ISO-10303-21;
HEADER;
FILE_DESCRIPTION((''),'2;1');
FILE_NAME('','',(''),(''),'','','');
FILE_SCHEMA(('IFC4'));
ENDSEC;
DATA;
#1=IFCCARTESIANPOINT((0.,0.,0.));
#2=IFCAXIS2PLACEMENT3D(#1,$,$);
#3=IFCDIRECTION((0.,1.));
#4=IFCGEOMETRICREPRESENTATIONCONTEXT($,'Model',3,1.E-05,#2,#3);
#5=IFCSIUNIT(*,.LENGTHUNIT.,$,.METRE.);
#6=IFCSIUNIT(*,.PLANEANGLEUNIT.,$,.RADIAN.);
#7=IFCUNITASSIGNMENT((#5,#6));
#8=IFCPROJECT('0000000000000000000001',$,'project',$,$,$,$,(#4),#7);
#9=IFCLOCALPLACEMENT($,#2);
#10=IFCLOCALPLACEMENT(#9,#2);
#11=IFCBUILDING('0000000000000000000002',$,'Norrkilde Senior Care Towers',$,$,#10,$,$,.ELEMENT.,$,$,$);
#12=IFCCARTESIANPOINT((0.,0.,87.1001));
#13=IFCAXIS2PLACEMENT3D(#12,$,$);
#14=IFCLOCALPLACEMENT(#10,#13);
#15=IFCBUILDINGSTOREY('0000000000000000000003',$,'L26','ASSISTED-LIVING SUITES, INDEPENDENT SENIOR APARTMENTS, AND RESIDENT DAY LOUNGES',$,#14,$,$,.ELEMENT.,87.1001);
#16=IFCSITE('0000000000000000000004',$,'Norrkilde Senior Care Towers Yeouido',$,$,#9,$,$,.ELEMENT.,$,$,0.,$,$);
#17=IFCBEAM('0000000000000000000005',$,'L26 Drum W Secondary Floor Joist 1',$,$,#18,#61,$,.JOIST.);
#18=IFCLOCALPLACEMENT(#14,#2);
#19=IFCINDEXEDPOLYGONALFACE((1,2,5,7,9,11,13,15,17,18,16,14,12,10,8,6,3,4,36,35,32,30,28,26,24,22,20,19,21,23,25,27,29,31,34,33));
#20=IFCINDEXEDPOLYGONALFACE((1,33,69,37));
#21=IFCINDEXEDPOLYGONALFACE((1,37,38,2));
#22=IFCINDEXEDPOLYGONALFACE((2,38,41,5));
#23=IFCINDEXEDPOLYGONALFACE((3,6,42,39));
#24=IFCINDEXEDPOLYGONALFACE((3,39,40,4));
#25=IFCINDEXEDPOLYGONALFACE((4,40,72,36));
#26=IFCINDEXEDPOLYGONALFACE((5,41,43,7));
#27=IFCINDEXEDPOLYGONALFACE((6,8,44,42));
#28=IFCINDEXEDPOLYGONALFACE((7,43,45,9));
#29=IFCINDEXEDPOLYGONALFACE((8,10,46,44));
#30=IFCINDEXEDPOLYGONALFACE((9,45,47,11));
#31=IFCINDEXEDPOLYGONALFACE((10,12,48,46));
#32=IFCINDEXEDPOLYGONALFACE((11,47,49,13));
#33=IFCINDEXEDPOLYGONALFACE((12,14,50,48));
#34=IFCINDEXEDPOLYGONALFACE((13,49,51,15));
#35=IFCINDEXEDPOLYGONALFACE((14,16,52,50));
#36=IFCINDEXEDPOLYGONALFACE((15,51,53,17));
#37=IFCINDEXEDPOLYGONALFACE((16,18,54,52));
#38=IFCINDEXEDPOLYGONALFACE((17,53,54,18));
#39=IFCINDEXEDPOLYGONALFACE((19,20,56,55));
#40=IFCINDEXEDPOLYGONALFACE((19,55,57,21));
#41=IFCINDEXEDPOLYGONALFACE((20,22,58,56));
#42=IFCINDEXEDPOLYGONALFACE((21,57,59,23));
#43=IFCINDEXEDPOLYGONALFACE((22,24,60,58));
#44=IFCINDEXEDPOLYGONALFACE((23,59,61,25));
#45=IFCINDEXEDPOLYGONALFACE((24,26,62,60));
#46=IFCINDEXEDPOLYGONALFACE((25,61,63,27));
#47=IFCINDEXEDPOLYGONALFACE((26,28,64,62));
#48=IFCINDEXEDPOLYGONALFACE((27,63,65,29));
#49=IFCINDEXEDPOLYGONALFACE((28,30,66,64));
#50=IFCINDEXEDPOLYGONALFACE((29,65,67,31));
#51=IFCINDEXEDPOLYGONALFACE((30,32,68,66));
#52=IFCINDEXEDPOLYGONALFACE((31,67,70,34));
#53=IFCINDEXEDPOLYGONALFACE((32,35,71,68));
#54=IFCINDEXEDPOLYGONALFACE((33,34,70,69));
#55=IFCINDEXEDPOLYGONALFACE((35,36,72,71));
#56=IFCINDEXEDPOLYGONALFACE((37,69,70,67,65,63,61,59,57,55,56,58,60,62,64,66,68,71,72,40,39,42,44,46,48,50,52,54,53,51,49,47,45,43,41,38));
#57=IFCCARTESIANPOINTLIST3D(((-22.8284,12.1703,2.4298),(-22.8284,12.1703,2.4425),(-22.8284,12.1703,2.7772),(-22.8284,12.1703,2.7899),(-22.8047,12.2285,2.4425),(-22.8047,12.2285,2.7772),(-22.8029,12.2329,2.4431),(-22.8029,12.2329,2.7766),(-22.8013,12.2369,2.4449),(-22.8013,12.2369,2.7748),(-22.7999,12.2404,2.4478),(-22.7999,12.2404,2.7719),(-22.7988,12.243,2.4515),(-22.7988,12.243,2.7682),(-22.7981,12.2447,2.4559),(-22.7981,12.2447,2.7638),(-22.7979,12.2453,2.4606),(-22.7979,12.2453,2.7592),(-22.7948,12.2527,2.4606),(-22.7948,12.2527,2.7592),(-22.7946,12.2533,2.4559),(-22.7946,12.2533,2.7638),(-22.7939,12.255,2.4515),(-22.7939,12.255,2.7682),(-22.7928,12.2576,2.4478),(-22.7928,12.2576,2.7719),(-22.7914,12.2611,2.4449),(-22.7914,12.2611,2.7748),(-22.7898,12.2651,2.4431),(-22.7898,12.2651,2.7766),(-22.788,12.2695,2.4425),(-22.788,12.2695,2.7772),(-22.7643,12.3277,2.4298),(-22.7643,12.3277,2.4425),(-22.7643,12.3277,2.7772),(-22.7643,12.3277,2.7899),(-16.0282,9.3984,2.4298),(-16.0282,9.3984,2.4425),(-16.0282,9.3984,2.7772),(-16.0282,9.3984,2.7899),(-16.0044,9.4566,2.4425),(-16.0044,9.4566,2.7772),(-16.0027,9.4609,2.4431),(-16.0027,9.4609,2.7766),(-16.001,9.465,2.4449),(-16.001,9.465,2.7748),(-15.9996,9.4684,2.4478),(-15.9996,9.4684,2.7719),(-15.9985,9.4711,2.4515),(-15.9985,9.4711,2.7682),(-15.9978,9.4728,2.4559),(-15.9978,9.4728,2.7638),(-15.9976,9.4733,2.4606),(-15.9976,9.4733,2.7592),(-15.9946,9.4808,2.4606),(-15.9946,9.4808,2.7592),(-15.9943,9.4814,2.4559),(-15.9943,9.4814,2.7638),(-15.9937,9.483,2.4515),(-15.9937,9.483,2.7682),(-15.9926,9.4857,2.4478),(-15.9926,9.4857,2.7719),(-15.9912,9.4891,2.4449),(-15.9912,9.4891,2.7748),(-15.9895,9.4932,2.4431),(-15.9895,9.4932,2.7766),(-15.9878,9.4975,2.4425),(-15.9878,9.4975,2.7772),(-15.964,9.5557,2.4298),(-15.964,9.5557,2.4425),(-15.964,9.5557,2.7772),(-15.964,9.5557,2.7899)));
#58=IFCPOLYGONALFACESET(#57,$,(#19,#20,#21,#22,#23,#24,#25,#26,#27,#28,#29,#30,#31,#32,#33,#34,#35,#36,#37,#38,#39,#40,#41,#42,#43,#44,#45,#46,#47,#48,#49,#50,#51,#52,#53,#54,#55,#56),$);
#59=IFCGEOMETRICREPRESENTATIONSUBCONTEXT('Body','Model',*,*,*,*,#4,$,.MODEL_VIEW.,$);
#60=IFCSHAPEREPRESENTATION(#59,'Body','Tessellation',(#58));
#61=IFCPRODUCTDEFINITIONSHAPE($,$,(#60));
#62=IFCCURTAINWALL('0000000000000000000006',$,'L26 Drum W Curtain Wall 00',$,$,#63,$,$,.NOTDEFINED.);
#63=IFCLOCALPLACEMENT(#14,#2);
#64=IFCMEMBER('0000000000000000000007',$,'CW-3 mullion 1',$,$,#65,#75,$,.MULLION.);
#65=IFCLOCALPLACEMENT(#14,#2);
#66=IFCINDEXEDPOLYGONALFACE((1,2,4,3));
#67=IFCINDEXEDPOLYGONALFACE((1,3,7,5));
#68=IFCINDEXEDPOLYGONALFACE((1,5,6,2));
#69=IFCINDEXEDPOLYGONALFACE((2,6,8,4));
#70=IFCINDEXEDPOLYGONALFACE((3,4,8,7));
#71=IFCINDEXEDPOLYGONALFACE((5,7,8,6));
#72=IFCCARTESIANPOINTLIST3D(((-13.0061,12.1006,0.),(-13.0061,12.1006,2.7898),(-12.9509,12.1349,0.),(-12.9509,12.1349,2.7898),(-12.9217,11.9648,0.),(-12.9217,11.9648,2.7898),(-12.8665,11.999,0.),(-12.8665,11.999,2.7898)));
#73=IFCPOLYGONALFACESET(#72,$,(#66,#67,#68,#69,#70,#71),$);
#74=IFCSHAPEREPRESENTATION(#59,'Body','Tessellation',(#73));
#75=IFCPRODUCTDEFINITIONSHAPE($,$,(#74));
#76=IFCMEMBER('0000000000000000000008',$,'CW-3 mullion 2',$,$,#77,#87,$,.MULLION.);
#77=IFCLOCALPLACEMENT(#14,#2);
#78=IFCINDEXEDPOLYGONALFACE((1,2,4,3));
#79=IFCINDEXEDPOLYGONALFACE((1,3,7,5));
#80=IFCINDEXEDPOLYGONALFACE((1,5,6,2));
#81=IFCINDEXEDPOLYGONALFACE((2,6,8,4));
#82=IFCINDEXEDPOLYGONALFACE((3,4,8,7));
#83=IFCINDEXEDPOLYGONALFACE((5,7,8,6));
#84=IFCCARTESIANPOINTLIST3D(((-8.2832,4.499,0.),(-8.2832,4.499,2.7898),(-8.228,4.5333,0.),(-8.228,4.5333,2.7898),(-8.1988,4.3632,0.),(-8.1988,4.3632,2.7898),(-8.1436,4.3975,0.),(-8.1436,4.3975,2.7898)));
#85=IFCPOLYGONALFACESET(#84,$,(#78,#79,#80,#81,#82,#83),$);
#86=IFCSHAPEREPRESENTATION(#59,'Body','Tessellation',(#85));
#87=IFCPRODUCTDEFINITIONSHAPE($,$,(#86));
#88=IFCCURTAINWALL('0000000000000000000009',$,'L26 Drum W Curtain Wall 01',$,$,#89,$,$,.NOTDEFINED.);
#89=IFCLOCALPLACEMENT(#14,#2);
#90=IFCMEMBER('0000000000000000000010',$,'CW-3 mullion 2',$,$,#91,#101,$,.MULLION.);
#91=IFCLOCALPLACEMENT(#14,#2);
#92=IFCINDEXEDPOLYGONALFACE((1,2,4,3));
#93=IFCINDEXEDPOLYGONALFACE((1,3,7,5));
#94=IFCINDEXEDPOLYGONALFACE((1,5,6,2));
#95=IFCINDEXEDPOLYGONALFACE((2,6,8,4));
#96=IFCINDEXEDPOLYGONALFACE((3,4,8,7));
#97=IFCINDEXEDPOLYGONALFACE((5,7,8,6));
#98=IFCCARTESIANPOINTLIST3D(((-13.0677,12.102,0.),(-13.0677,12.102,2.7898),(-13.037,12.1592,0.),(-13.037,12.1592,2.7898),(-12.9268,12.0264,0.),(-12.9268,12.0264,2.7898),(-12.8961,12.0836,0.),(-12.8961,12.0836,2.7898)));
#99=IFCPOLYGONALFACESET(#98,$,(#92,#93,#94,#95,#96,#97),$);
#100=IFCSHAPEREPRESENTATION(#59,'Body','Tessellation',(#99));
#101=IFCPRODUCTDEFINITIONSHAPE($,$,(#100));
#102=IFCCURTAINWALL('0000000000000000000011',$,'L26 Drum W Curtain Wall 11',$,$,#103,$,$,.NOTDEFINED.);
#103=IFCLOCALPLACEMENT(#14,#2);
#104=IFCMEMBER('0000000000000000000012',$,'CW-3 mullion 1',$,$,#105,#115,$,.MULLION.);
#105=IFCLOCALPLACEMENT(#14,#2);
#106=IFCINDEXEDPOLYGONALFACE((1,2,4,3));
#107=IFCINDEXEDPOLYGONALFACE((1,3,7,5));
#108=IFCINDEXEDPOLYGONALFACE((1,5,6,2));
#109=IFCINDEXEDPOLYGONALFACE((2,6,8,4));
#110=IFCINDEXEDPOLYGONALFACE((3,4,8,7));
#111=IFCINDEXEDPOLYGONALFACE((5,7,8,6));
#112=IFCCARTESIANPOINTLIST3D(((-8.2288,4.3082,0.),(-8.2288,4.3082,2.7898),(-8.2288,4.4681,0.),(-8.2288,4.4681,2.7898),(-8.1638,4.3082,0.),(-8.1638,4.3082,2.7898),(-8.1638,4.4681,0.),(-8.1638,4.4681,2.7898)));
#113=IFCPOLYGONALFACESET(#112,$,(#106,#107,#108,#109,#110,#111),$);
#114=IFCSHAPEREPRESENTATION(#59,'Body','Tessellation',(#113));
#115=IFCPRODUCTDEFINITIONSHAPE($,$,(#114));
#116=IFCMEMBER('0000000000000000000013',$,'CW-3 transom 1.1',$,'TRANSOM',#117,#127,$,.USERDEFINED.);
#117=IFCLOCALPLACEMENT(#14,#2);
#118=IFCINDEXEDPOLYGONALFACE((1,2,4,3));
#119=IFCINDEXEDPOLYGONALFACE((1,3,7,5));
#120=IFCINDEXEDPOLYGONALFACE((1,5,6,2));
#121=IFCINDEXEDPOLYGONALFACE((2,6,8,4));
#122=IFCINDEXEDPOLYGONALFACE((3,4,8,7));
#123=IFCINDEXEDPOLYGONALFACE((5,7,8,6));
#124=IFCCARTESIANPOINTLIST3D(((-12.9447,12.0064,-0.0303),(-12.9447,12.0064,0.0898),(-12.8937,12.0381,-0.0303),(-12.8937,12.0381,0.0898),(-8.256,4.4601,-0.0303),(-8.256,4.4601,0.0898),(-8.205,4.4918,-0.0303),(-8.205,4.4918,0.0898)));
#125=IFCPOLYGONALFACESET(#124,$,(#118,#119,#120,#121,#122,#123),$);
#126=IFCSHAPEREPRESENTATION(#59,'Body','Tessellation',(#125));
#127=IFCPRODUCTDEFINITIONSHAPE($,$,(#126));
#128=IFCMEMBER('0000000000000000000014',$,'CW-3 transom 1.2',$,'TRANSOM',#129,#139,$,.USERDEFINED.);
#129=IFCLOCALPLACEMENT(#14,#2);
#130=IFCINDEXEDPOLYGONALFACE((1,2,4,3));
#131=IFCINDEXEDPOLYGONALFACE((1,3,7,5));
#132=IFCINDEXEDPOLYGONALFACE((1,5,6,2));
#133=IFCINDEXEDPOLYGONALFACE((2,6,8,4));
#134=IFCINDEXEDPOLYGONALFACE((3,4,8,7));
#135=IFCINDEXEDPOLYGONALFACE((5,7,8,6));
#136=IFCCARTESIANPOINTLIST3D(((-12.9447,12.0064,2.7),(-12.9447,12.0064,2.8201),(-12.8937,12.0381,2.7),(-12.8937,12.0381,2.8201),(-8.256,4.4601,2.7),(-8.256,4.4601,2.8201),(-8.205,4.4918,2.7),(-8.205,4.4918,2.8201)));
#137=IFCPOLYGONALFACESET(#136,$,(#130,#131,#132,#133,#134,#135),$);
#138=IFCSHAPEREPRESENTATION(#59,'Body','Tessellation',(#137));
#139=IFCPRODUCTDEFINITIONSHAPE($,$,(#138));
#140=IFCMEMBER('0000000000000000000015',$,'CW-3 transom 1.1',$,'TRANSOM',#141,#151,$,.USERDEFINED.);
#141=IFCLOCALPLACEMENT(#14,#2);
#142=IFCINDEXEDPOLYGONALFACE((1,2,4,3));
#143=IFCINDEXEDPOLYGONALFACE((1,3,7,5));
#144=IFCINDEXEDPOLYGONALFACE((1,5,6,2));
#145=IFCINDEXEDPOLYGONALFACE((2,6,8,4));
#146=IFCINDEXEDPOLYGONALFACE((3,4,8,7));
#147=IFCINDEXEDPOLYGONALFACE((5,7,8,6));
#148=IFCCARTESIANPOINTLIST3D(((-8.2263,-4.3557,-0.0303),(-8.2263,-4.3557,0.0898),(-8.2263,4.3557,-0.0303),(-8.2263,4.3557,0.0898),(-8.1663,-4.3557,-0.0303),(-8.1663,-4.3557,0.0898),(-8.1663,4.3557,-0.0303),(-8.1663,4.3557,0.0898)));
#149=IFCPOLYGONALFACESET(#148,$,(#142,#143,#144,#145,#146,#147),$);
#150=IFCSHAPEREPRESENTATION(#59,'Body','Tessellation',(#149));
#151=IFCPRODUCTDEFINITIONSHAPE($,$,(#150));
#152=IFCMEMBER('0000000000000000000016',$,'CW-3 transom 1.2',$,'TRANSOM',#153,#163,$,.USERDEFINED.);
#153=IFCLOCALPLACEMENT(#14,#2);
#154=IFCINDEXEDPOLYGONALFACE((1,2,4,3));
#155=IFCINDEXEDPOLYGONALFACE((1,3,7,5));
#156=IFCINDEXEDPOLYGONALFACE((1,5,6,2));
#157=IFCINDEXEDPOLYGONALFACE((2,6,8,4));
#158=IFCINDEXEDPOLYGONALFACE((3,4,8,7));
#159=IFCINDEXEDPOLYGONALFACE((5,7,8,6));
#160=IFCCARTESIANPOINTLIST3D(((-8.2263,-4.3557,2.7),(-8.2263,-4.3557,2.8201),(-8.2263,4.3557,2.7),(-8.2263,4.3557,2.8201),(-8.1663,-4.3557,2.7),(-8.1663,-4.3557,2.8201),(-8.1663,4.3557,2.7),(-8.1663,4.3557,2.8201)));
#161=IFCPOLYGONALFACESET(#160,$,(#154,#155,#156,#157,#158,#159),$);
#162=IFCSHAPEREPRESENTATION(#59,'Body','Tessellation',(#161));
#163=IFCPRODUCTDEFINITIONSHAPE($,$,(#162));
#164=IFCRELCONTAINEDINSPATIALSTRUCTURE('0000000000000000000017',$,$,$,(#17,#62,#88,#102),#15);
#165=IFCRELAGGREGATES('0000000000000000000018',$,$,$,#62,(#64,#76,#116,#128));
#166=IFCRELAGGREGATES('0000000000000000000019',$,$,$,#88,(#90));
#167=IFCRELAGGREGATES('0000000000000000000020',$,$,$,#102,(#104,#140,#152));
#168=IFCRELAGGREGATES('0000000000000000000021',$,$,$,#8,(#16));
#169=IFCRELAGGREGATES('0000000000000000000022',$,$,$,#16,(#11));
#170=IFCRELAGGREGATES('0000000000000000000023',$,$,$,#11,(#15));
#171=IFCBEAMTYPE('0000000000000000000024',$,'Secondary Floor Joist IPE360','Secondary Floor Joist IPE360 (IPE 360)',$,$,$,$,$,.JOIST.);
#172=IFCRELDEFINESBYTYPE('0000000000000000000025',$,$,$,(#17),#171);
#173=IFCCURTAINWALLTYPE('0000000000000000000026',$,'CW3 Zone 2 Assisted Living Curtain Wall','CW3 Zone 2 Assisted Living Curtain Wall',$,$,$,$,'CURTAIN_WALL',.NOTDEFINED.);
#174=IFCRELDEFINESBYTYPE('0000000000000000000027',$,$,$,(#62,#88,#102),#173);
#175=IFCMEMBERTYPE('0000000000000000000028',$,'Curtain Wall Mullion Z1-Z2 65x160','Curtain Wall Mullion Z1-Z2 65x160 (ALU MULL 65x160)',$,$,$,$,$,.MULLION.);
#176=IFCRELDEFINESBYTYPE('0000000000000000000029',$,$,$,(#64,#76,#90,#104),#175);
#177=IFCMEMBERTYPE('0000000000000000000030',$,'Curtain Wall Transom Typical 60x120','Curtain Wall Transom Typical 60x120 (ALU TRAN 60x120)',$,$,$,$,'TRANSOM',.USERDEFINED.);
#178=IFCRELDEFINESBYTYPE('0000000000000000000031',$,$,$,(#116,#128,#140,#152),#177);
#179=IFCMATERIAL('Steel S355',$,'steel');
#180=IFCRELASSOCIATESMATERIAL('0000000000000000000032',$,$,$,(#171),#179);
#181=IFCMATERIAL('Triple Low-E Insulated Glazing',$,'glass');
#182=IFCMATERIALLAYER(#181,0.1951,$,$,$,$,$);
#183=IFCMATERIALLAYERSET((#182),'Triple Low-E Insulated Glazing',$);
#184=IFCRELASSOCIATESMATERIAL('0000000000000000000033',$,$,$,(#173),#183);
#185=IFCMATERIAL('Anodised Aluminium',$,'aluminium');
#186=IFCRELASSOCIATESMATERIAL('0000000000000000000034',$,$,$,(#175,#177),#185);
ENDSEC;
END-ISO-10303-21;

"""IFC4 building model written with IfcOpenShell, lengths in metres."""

from ifc_helpers import new_model, si_unit, direction, frame, origin, origin_2d, place, context, subcontext, project, spatial, rectangle, i_section, extrude, source, transform, mapped, material, layer, layer_set, material_profile, profile_set, type_object, type_shapes, element, aggregate, save


model = new_model("IFC4")

# Units and contexts
model_context = context("Model", 3, precision=1e-05, world=origin(), true_north=direction((0.0, 1.0)))
body_context = subcontext(model_context, "Body", "Model", "MODEL_VIEW")
ifc_project = project(units=[si_unit("LENGTHUNIT", "METRE"), si_unit("PLANEANGLEUNIT", "RADIAN")], contexts=[model_context])

# Site, building, storey
site_placement = place(None, origin())
site = spatial("IfcSite", under=ifc_project, at=site_placement, Name="Norrkilde Senior Care Towers Yeouido", CompositionType="ELEMENT", RefElevation=0.0)
building_placement = place(site_placement, origin())
building = spatial("IfcBuilding", under=site, at=building_placement, Name="Norrkilde Senior Care Towers", CompositionType="ELEMENT")
storey_placement = place(building_placement, frame((0.0, 0.0, 87.1001)))
storey = spatial("IfcBuildingStorey", under=building, at=storey_placement, Name="L26", Description="ASSISTED-LIVING SUITES, INDEPENDENT SENIOR APARTMENTS, AND RESIDENT DAY LOUNGES", CompositionType="ELEMENT", Elevation=87.1001)

# Beam
ifc_material_1 = material(Name="Steel S355", Category="steel")
ifc_material_profile_1 = material_profile(ifc_material_1, i_section(OverallWidth=0.1699, OverallDepth=0.3601, WebThickness=0.0081, FlangeThickness=0.0127, FilletRadius=0.0181, at=origin_2d()), Name="IPE 360")
ifc_profile_set_1 = profile_set([ifc_material_profile_1], Name="Steel S355")
beam_type_1 = type_object("IfcBeamType", Name="Secondary Floor Joist IPE360", Description="Secondary Floor Joist IPE360 (IPE 360)", PredefinedType="JOIST", material=ifc_profile_set_1)
shared_shape_1 = source(origin(), body_context, "Body", "SweptSolid", [
    extrude(i_section(OverallWidth=0.1699, OverallDepth=0.3601, WebThickness=0.0081, FlangeThickness=0.0127, FilletRadius=0.0181, at=origin_2d()), origin(), (0.0, 0.0, 1.0), 7.3435),
])
type_shapes(beam_type_1, [shared_shape_1])
beam_1_placement = place(storey_placement, frame((-15.9961, 9.4771, 2.6099), z_axis=(-0.926022, 0.37747, 0.0), x_axis=(-0.37747, -0.926022, 0.0)))
element("IfcBeam", 1, at=beam_1_placement, inside=storey, type_object=beam_type_1, Name="L26 Drum W Secondary Floor Joist 1", PredefinedType="JOIST", context=body_context, shape_type="MappedRepresentation", body=[
    mapped(shared_shape_1, transform((0.0, 0.0, 0.0), x_axis=(1.0, 0.0, 0.0), y_axis=(0.0, 1.0, 0.0), z_axis=(0.0, 0.0, 1.0), scale=1.0)),
])

# Curtain wall, members
ifc_material_2 = material(Name="Triple Low-E Insulated Glazing", Category="glass")
ifc_layer_1 = layer(ifc_material_2, 0.1951)
ifc_layer_set_1 = layer_set([ifc_layer_1], Name="Triple Low-E Insulated Glazing")
curtain_wall_type = type_object("IfcCurtainWallType", Name="CW3 Zone 2 Assisted Living Curtain Wall", Description="CW3 Zone 2 Assisted Living Curtain Wall", ElementType="CURTAIN_WALL", PredefinedType="NOTDEFINED", material=ifc_layer_set_1)
curtain_wall_1_placement = place(storey_placement, origin())
curtain_wall_1 = element("IfcCurtainWall", 2, at=curtain_wall_1_placement, inside=storey, type_object=curtain_wall_type, Name="L26 Drum W Curtain Wall 00", PredefinedType="NOTDEFINED")
ifc_material_3 = material(Name="Anodised Aluminium", Category="aluminium")
ifc_material_profile_2 = material_profile(ifc_material_3, rectangle(XDim=0.0649, YDim=0.1599, at=origin_2d()), Name="ALU MULL 65x160")
ifc_profile_set_2 = profile_set([ifc_material_profile_2], Name="Anodised Aluminium")
member_type_1 = type_object("IfcMemberType", Name="Curtain Wall Mullion Z1-Z2 65x160", Description="Curtain Wall Mullion Z1-Z2 65x160 (ALU MULL 65x160)", PredefinedType="MULLION", material=ifc_profile_set_2)
shared_shape_2 = source(origin(), body_context, "Body", "SweptSolid", [
    extrude(rectangle(XDim=0.0649, YDim=0.1599, at=origin_2d()), origin(), (0.0, 0.0, 1.0), 2.7898),
])
type_shapes(member_type_1, [shared_shape_2])
member_1_placement = place(storey_placement, frame((-12.9363, 12.0498, 0.0), z_axis=(0.0, 0.0, 1.0), x_axis=(0.84941, 0.527733, 0.0)))
member_1 = element("IfcMember", 3, at=member_1_placement, type_object=member_type_1, Name="CW-3 mullion 1", PredefinedType="MULLION", context=body_context, shape_type="MappedRepresentation", body=[
    mapped(shared_shape_2, transform((0.0, 0.0, 0.0), x_axis=(1.0, 0.0, 0.0), y_axis=(0.0, 1.0, 0.0), z_axis=(0.0, 0.0, 1.0), scale=1.0)),
])
member_2_placement = place(storey_placement, frame((-8.2134, 4.4482, 0.0), z_axis=(0.0, 0.0, 1.0), x_axis=(0.84941, 0.527733, 0.0)))
member_2 = element("IfcMember", 4, at=member_2_placement, type_object=member_type_1, Name="CW-3 mullion 2", PredefinedType="MULLION", context=body_context, shape_type="MappedRepresentation", body=[
    mapped(shared_shape_2, transform((0.0, 0.0, 0.0), x_axis=(1.0, 0.0, 0.0), y_axis=(0.0, 1.0, 0.0), z_axis=(0.0, 0.0, 1.0), scale=1.0)),
])

# Curtain walls, members
curtain_wall_2_placement = place(storey_placement, origin())
curtain_wall_2 = element("IfcCurtainWall", 5, at=curtain_wall_2_placement, inside=storey, type_object=curtain_wall_type, Name="L26 Drum W Curtain Wall 01", PredefinedType="NOTDEFINED")
member_3_placement = place(storey_placement, frame((-12.9819, 12.0928, 0.0), z_axis=(0.0, 0.0, 1.0), x_axis=(0.472769, 0.881186, 0.0)))
member_3 = element("IfcMember", 6, at=member_3_placement, type_object=member_type_1, Name="CW-3 mullion 2", PredefinedType="MULLION", context=body_context, shape_type="MappedRepresentation", body=[
    mapped(shared_shape_2, transform((0.0, 0.0, 0.0), x_axis=(1.0, 0.0, 0.0), y_axis=(0.0, 1.0, 0.0), z_axis=(0.0, 0.0, 1.0), scale=1.0)),
])
curtain_wall_3_placement = place(storey_placement, origin())
curtain_wall_3 = element("IfcCurtainWall", 7, at=curtain_wall_3_placement, inside=storey, type_object=curtain_wall_type, Name="L26 Drum W Curtain Wall 11", PredefinedType="NOTDEFINED")
member_4_placement = place(storey_placement, frame((-8.1963, 4.3882, 0.0), z_axis=(0.0, 0.0, 1.0), x_axis=(1.0, 0.0, 0.0)))
member_4 = element("IfcMember", 8, at=member_4_placement, type_object=member_type_1, Name="CW-3 mullion 1", PredefinedType="MULLION", context=body_context, shape_type="MappedRepresentation", body=[
    mapped(shared_shape_2, transform((0.0, 0.0, 0.0), x_axis=(1.0, 0.0, 0.0), y_axis=(0.0, 1.0, 0.0), z_axis=(0.0, 0.0, 1.0), scale=1.0)),
])

# Members
ifc_material_profile_3 = material_profile(ifc_material_3, rectangle(XDim=0.0601, YDim=0.1201, at=origin_2d()), Name="ALU TRAN 60x120")
ifc_profile_set_3 = profile_set([ifc_material_profile_3], Name="Anodised Aluminium")
member_type_2 = type_object("IfcMemberType", Name="Curtain Wall Transom Typical 60x120", Description="Curtain Wall Transom Typical 60x120 (ALU TRAN 60x120)", ElementType="TRANSOM", PredefinedType="USERDEFINED", material=ifc_profile_set_3)
shared_shape_3 = source(origin(), body_context, "Body", "SweptSolid", [
    extrude(rectangle(XDim=0.0601, YDim=0.1201, at=origin_2d()), origin(), (0.0, 0.0, 1.0), 8.8843),
])
member_5_placement = place(storey_placement, frame((-12.9192, 12.0222, 0.0298), z_axis=(0.527749, -0.8494, 0.0), x_axis=(0.8494, 0.527749, 0.0)))
member_5 = element("IfcMember", 9, at=member_5_placement, type_object=member_type_2, Name="CW-3 transom 1.1", ObjectType="TRANSOM", PredefinedType="USERDEFINED", context=body_context, shape_type="MappedRepresentation", body=[
    mapped(shared_shape_3, transform((0.0, 0.0, 0.0), x_axis=(1.0, 0.0, 0.0), y_axis=(0.0, 1.0, 0.0), z_axis=(0.0, 0.0, 1.0), scale=1.0)),
])
member_6_placement = place(storey_placement, frame((-12.9192, 12.0222, 2.76), z_axis=(0.527749, -0.8494, 0.0), x_axis=(0.8494, 0.527749, 0.0)))
member_6 = element("IfcMember", 10, at=member_6_placement, type_object=member_type_2, Name="CW-3 transom 1.2", ObjectType="TRANSOM", PredefinedType="USERDEFINED", context=body_context, shape_type="MappedRepresentation", body=[
    mapped(shared_shape_3, transform((0.0, 0.0, 0.0), x_axis=(1.0, 0.0, 0.0), y_axis=(0.0, 1.0, 0.0), z_axis=(0.0, 0.0, 1.0), scale=1.0)),
])
shared_shape_4 = source(origin(), body_context, "Body", "SweptSolid", [
    extrude(rectangle(XDim=0.0601, YDim=0.1201, at=origin_2d()), origin(), (0.0, 0.0, 1.0), 8.7114),
])
type_shapes(member_type_2, [shared_shape_3, shared_shape_4])
member_7_placement = place(storey_placement, frame((-8.1963, 4.3557, 0.0298), z_axis=(0.0, -1.0, 0.0), x_axis=(1.0, 0.0, 0.0)))
member_7 = element("IfcMember", 11, at=member_7_placement, type_object=member_type_2, Name="CW-3 transom 1.1", ObjectType="TRANSOM", PredefinedType="USERDEFINED", context=body_context, shape_type="MappedRepresentation", body=[
    mapped(shared_shape_4, transform((0.0, 0.0, 0.0), x_axis=(1.0, 0.0, 0.0), y_axis=(0.0, 1.0, 0.0), z_axis=(0.0, 0.0, 1.0), scale=1.0)),
])
member_8_placement = place(storey_placement, frame((-8.1963, 4.3557, 2.76), z_axis=(0.0, -1.0, 0.0), x_axis=(1.0, 0.0, 0.0)))
member_8 = element("IfcMember", 12, at=member_8_placement, type_object=member_type_2, Name="CW-3 transom 1.2", ObjectType="TRANSOM", PredefinedType="USERDEFINED", context=body_context, shape_type="MappedRepresentation", body=[
    mapped(shared_shape_4, transform((0.0, 0.0, 0.0), x_axis=(1.0, 0.0, 0.0), y_axis=(0.0, 1.0, 0.0), z_axis=(0.0, 0.0, 1.0), scale=1.0)),
])

aggregate(curtain_wall_1, [member_1, member_2, member_5, member_6])
aggregate(curtain_wall_2, [member_3])
aggregate(curtain_wall_3, [member_4, member_7, member_8])

save(model, "model.ifc")
